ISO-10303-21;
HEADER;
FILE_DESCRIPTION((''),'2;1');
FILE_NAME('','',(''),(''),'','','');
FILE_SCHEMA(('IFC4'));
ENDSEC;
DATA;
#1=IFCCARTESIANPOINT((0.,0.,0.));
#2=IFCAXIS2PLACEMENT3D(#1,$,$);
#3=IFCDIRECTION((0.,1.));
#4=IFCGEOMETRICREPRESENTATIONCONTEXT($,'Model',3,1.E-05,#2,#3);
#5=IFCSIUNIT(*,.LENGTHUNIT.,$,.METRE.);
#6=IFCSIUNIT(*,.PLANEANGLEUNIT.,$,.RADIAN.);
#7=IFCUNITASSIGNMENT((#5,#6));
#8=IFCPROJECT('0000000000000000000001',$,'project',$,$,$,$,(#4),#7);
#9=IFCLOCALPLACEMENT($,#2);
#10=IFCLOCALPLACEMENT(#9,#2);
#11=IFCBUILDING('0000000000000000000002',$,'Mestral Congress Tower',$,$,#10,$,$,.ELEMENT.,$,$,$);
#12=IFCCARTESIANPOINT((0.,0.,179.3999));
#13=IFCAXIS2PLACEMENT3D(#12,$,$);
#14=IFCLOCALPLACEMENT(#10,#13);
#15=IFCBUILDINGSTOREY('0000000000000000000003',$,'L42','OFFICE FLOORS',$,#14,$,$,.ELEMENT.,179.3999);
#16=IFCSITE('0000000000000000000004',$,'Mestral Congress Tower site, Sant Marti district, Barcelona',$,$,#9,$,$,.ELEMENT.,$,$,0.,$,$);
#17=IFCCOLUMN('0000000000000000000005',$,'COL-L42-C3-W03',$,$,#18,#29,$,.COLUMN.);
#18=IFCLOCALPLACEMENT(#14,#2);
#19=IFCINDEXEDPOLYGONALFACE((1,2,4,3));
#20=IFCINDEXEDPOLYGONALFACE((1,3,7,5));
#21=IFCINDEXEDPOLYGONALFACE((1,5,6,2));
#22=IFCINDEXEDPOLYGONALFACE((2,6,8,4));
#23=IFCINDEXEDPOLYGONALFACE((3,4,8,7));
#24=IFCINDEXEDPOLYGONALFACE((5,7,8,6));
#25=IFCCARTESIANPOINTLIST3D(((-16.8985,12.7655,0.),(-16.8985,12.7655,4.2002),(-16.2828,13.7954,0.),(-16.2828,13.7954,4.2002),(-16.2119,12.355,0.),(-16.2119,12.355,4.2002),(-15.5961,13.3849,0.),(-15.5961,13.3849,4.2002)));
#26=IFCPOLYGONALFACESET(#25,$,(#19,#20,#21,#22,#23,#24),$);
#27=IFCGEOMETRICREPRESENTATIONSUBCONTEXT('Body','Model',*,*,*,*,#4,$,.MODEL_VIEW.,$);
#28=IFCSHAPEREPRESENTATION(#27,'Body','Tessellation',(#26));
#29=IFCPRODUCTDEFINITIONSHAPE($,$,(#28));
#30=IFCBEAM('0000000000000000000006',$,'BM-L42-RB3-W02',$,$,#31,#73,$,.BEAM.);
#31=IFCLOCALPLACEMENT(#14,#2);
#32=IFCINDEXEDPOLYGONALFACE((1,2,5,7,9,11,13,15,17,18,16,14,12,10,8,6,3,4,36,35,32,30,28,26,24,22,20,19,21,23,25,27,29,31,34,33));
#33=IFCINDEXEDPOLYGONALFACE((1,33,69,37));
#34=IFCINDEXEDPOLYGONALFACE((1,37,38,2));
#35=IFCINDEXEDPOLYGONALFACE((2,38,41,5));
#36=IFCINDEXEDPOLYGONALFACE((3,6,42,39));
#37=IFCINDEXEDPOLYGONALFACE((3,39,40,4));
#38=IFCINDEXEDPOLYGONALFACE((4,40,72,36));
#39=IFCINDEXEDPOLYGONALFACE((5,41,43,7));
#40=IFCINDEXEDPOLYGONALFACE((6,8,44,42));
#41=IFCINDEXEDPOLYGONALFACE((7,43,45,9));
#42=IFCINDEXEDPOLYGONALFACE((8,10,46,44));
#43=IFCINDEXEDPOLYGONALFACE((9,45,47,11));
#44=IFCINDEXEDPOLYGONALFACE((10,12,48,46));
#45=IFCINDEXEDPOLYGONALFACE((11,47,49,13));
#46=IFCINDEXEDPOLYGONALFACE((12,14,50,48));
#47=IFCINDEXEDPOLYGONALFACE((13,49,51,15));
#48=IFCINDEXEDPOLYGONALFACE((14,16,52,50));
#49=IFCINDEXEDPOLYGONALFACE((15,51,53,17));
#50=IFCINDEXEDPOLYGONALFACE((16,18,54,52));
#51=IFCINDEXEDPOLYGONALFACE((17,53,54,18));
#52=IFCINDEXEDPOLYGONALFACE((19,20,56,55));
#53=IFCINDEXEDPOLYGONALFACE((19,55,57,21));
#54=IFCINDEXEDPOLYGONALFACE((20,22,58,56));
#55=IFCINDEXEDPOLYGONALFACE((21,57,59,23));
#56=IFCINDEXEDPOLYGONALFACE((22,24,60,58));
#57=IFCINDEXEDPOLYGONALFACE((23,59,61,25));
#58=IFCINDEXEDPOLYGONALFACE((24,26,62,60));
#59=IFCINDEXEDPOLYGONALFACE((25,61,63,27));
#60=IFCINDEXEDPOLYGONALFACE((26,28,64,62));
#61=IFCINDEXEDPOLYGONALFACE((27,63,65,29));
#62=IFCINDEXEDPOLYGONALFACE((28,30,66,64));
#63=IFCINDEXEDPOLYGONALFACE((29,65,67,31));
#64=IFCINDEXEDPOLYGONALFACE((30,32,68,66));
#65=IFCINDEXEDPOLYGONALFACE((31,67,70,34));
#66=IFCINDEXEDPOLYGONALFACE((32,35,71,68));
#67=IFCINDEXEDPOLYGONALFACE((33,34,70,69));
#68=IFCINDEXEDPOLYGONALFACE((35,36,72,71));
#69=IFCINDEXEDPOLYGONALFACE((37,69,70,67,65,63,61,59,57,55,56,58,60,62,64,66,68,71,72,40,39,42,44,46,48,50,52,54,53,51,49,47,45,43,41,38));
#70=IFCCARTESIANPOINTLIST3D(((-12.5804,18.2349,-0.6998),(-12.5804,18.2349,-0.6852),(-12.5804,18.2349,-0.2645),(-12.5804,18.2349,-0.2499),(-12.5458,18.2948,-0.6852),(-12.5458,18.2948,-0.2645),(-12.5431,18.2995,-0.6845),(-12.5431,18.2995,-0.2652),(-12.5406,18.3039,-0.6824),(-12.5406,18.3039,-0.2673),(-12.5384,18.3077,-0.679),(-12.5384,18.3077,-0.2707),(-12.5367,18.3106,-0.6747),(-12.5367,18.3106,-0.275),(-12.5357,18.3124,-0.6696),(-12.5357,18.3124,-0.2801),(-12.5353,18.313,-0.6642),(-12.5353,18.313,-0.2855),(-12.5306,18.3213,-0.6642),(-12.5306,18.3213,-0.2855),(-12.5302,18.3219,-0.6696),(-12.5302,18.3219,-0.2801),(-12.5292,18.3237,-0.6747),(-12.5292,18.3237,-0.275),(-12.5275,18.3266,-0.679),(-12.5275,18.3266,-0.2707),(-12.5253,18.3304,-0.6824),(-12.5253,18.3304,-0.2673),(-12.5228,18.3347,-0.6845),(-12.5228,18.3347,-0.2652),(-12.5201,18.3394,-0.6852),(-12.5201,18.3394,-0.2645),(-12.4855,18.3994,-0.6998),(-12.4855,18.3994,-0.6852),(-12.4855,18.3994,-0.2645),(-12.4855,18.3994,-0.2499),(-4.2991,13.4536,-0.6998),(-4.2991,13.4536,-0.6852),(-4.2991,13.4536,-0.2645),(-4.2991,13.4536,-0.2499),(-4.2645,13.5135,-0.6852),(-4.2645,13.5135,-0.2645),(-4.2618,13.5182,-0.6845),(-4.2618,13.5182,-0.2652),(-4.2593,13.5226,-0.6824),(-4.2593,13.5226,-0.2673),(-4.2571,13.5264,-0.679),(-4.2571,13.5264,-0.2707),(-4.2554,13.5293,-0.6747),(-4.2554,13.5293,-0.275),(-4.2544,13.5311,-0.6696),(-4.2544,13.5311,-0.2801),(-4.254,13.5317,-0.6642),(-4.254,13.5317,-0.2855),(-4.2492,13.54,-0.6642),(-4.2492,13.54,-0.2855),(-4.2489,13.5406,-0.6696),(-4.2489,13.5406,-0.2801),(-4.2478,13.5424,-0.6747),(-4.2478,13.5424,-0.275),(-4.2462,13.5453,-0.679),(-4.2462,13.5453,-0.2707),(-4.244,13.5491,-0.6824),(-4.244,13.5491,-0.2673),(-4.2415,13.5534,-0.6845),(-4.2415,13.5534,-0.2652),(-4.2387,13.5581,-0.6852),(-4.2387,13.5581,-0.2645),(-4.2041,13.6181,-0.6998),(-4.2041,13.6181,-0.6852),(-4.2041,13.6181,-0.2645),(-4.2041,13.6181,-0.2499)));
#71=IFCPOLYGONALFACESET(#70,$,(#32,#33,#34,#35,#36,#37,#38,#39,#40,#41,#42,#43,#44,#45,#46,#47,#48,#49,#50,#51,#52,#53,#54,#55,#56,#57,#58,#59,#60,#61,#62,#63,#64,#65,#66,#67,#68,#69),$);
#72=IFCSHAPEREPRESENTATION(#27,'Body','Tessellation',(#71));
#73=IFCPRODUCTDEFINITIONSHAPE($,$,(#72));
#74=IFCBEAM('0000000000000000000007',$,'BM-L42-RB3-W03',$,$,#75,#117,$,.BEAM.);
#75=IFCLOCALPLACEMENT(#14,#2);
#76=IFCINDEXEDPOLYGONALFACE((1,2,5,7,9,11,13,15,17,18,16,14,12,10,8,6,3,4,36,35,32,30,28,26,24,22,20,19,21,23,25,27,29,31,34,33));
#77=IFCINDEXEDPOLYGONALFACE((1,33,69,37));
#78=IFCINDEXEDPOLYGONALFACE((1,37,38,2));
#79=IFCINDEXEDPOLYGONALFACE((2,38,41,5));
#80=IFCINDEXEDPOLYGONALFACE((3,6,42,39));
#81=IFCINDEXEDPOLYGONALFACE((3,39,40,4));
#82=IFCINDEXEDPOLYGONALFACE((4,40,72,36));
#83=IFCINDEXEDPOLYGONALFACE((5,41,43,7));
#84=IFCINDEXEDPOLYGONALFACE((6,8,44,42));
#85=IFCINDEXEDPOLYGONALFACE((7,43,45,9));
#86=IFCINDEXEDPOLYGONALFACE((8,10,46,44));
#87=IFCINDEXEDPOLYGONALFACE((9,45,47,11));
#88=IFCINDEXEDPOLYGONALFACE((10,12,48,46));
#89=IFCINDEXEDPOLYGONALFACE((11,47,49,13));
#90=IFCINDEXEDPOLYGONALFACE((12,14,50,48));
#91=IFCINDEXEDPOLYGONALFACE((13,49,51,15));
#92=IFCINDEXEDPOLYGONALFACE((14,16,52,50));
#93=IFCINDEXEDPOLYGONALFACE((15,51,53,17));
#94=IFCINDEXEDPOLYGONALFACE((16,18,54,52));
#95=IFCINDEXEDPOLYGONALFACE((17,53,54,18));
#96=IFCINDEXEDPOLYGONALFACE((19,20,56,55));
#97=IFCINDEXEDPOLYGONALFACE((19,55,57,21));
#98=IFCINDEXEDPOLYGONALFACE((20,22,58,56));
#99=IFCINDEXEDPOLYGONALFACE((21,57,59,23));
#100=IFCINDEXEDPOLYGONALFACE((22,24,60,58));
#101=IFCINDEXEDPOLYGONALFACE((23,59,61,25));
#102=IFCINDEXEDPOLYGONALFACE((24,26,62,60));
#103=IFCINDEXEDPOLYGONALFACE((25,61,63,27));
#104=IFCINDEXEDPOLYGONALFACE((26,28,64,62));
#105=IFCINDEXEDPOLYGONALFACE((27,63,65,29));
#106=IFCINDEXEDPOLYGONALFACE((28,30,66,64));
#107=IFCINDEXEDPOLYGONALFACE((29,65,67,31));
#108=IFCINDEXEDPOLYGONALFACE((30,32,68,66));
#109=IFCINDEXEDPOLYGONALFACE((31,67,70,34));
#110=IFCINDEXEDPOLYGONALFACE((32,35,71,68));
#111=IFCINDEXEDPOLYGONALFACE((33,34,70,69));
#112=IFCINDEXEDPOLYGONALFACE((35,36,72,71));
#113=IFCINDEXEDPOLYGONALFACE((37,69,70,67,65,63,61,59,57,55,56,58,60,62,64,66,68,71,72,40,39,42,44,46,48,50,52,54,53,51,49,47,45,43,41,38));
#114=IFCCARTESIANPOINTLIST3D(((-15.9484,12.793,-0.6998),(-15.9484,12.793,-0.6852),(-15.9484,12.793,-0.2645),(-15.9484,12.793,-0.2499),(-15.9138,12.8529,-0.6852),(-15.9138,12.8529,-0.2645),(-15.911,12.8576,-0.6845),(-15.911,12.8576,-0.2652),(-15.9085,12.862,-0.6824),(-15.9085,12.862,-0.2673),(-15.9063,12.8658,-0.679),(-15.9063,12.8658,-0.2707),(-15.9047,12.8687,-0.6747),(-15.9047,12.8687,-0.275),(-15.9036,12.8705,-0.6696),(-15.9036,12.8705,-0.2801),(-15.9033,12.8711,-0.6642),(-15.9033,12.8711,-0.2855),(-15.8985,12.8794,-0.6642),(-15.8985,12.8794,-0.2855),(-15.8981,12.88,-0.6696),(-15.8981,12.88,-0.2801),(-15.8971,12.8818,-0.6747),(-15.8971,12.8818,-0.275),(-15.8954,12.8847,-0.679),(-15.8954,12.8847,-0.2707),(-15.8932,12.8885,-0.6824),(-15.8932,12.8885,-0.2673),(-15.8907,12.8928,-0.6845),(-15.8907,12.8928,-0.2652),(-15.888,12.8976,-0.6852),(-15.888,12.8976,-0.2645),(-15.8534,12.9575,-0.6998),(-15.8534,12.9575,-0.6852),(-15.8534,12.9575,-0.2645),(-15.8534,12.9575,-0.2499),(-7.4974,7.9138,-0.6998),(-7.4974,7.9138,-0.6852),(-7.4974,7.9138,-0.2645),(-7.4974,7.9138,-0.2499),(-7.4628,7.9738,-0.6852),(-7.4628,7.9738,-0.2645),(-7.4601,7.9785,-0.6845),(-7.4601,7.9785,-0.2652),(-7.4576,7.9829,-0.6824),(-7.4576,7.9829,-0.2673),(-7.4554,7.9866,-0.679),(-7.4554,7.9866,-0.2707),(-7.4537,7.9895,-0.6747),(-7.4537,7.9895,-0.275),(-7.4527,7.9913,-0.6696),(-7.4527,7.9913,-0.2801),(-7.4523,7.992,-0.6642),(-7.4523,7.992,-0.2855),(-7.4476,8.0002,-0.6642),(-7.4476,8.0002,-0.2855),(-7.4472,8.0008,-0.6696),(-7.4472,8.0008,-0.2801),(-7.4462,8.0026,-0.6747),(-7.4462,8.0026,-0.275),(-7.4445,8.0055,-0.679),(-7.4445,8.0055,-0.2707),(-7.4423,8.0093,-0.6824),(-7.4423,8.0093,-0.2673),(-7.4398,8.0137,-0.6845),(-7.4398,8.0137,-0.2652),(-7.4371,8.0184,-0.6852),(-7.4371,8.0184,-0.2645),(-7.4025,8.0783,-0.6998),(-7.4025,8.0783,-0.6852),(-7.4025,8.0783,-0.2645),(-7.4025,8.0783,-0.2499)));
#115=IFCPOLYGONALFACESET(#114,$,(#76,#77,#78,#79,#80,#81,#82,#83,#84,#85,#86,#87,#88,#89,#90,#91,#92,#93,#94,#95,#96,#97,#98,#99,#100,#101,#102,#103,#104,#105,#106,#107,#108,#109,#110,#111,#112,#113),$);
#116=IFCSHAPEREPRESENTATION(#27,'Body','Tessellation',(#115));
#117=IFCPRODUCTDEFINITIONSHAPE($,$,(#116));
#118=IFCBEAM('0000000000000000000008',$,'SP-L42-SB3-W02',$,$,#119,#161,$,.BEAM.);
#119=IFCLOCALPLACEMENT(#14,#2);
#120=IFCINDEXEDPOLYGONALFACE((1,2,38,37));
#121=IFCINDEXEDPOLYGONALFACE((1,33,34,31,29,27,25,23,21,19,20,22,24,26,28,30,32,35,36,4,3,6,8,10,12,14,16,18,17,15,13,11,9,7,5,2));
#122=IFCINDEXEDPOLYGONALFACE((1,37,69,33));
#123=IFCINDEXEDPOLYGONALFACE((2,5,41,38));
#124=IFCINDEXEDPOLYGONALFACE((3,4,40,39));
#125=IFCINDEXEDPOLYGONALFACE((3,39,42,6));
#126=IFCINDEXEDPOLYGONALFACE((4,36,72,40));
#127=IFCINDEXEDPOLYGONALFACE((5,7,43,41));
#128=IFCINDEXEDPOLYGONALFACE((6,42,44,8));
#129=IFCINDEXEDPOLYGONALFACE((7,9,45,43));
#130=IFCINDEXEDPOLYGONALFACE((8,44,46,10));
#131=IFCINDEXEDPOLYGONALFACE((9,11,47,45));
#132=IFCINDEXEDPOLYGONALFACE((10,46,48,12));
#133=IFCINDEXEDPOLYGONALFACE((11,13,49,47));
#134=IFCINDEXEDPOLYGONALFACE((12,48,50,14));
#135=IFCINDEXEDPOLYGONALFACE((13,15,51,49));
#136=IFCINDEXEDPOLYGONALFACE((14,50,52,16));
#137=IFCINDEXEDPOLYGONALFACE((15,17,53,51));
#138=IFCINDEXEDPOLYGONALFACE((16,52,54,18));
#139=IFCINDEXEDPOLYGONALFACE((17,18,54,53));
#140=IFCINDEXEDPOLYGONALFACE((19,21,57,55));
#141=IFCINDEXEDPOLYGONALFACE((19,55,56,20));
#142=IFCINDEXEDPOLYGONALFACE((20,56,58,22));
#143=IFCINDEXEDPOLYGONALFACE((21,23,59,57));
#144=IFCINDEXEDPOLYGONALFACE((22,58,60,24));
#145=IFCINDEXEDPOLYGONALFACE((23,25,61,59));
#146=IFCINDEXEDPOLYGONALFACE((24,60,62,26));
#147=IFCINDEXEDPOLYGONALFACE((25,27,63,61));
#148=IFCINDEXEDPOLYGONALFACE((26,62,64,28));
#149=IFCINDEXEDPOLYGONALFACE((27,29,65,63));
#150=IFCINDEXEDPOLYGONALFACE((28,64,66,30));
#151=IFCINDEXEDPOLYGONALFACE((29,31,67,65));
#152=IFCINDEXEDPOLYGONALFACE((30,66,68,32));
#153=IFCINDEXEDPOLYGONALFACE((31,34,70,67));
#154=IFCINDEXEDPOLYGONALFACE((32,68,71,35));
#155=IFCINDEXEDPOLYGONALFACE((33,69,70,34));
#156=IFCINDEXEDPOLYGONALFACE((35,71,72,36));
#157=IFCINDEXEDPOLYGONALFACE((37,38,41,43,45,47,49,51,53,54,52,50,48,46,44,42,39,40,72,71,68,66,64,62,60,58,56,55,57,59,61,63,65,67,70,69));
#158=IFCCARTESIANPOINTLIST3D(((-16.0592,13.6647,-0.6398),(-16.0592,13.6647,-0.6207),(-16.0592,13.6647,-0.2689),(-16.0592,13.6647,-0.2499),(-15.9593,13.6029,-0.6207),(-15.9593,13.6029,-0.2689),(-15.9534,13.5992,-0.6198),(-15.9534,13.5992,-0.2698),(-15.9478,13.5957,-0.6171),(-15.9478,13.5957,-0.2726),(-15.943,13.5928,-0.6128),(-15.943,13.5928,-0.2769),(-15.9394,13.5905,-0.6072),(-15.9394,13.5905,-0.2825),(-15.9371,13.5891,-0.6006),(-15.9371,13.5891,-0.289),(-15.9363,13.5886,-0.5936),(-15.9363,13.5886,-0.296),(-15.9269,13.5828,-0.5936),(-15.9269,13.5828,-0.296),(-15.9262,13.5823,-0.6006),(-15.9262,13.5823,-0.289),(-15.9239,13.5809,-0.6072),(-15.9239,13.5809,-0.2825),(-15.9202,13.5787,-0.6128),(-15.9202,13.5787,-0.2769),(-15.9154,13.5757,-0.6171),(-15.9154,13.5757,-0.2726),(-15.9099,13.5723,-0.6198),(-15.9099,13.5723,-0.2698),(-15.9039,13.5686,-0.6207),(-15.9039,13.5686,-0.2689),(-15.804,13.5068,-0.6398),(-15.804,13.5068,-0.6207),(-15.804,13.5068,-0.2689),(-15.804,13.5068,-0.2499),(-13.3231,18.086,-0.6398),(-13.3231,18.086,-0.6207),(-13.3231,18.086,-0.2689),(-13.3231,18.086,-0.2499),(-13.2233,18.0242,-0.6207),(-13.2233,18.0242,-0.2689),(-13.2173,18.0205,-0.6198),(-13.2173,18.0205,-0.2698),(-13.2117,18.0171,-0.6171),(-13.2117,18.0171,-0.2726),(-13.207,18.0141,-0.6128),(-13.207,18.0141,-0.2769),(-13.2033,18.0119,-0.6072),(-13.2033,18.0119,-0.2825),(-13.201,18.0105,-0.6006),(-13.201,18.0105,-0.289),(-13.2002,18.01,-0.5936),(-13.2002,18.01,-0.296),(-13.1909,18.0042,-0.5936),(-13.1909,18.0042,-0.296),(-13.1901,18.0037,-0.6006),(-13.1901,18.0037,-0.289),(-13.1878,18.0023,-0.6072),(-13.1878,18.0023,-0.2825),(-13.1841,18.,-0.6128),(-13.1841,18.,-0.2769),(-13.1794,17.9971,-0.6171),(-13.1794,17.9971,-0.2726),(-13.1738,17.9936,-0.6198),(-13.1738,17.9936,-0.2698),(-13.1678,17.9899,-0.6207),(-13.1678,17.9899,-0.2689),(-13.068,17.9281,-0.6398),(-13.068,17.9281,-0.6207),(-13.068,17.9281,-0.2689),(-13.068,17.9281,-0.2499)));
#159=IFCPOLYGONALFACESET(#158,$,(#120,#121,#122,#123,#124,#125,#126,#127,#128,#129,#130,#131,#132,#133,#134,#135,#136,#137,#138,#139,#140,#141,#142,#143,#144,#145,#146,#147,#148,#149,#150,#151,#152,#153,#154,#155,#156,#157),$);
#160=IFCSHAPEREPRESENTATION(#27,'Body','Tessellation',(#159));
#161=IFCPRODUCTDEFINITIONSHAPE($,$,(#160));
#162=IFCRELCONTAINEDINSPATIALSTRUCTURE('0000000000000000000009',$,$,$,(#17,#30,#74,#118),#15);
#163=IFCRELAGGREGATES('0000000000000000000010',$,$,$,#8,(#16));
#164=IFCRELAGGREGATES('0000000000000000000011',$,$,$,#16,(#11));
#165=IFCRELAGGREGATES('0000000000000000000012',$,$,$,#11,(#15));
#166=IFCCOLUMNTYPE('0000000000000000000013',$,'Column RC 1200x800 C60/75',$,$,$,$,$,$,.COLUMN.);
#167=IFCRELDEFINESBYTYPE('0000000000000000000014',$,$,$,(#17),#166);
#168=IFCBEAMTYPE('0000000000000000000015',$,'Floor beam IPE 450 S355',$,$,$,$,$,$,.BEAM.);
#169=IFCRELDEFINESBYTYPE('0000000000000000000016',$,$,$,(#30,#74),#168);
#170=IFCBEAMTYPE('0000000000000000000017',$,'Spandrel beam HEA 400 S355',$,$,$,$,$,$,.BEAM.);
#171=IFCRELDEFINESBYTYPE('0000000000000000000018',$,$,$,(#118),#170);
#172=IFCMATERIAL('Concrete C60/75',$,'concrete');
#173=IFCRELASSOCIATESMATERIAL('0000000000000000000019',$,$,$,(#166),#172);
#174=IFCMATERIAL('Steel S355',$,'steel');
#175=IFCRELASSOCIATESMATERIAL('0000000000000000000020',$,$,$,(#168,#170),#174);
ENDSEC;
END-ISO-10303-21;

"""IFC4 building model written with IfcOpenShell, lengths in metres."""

from ifc_helpers import new_model, si_unit, direction, frame, origin, origin_2d, place, context, subcontext, project, spatial, rectangle, i_section, extrude, material, material_profile, profile_set, type_object, element, save


model = new_model("IFC4")

# Units and contexts
model_context = context("Model", 3, precision=1e-05, world=origin(), true_north=direction((0.0, 1.0)))
body_context = subcontext(model_context, "Body", "Model", "MODEL_VIEW")
ifc_project = project(units=[si_unit("LENGTHUNIT", "METRE"), si_unit("PLANEANGLEUNIT", "RADIAN")], contexts=[model_context])

# Site, building, storey
site_placement = place(None, origin())
site = spatial("IfcSite", under=ifc_project, at=site_placement, Name="Mestral Congress Tower site, Sant Marti district, Barcelona", CompositionType="ELEMENT", RefElevation=0.0)
building_placement = place(site_placement, origin())
building = spatial("IfcBuilding", under=site, at=building_placement, Name="Mestral Congress Tower", CompositionType="ELEMENT")
storey_placement = place(building_placement, frame((0.0, 0.0, 179.3999)))
storey = spatial("IfcBuildingStorey", under=building, at=storey_placement, Name="L42", Description="OFFICE FLOORS", CompositionType="ELEMENT", Elevation=179.3999)

# Column
ifc_material_1 = material(Name="Concrete C60/75", Category="concrete")
ifc_material_profile_1 = material_profile(ifc_material_1, rectangle(XDim=1.2, YDim=0.8, at=origin_2d()), Name="RC 1200x800")
ifc_profile_set_1 = profile_set([ifc_material_profile_1], Name="Concrete C60/75")
column_type = type_object("IfcColumnType", Name="Column RC 1200x800 C60/75", PredefinedType="COLUMN", material=ifc_profile_set_1)
column_placement = place(storey_placement, frame((-16.2473, 13.0752, 0.0), z_axis=(0.0, 0.0, 1.0), x_axis=(-0.513159, -0.858293, 0.0)))
element("IfcColumn", 1, at=column_placement, inside=storey, type_object=column_type, Name="COL-L42-C3-W03", PredefinedType="COLUMN", context=body_context, shape_type="SweptSolid", body=[
    extrude(rectangle(XDim=1.2, YDim=0.8, at=origin_2d()), origin(), (0.0, 0.0, 1.0), 4.2002),
])

# Beams
ifc_material_2 = material(Name="Steel S355", Category="steel")
ifc_material_profile_2 = material_profile(ifc_material_2, i_section(OverallWidth=0.1899, OverallDepth=0.45, WebThickness=0.0095, FlangeThickness=0.0146, FilletRadius=0.021, at=origin_2d()), Name="IPE 450")
ifc_profile_set_2 = profile_set([ifc_material_profile_2], Name="Steel S355")
beam_type_1 = type_object("IfcBeamType", Name="Floor beam IPE 450 S355", PredefinedType="BEAM", material=ifc_profile_set_2)
beam_1_placement = place(storey_placement, frame((-12.533, 18.3171, -0.4749), z_axis=(0.866022, -0.500005, 0.0), x_axis=(0.500005, 0.866022, 0.0)))
element("IfcBeam", 2, at=beam_1_placement, inside=storey, type_object=beam_type_1, Name="BM-L42-RB3-W02", PredefinedType="BEAM", context=body_context, shape_type="SweptSolid", body=[
    extrude(i_section(OverallWidth=0.1899, OverallDepth=0.45, WebThickness=0.0095, FlangeThickness=0.0146, FilletRadius=0.021, at=origin_2d()), origin(), (0.0, 0.0, 1.0), 9.5625),
])
beam_2_placement = place(storey_placement, frame((-15.9009, 12.8752, -0.4749), z_axis=(0.866025, -0.5, 0.0), x_axis=(0.5, 0.866025, 0.0)))
element("IfcBeam", 3, at=beam_2_placement, inside=storey, type_object=beam_type_1, Name="BM-L42-RB3-W03", PredefinedType="BEAM", context=body_context, shape_type="SweptSolid", body=[
    extrude(i_section(OverallWidth=0.1899, OverallDepth=0.45, WebThickness=0.0095, FlangeThickness=0.0146, FilletRadius=0.021, at=origin_2d()), origin(), (0.0, 0.0, 1.0), 9.7583),
])
ifc_material_profile_3 = material_profile(ifc_material_2, i_section(OverallWidth=0.3, OverallDepth=0.3899, WebThickness=0.011, FlangeThickness=0.019, FilletRadius=0.0271, at=origin_2d()), Name="HEA 400")
ifc_profile_set_3 = profile_set([ifc_material_profile_3], Name="Steel S355")
beam_type_2 = type_object("IfcBeamType", Name="Spandrel beam HEA 400 S355", PredefinedType="BEAM", material=ifc_profile_set_3)
beam_3_placement = place(storey_placement, frame((-13.1956, 18.0071, -0.4448), z_axis=(-0.52622, -0.850348, 0.0), x_axis=(0.850348, -0.52622, 0.0)))
element("IfcBeam", 4, at=beam_3_placement, inside=storey, type_object=beam_type_2, Name="SP-L42-SB3-W02", PredefinedType="BEAM", context=body_context, shape_type="SweptSolid", body=[
    extrude(i_section(OverallWidth=0.3, OverallDepth=0.3899, WebThickness=0.011, FlangeThickness=0.019, FilletRadius=0.0271, at=origin_2d()), origin(), (0.0, 0.0, 1.0), 5.1995),
])

save(model, "model.ifc")
